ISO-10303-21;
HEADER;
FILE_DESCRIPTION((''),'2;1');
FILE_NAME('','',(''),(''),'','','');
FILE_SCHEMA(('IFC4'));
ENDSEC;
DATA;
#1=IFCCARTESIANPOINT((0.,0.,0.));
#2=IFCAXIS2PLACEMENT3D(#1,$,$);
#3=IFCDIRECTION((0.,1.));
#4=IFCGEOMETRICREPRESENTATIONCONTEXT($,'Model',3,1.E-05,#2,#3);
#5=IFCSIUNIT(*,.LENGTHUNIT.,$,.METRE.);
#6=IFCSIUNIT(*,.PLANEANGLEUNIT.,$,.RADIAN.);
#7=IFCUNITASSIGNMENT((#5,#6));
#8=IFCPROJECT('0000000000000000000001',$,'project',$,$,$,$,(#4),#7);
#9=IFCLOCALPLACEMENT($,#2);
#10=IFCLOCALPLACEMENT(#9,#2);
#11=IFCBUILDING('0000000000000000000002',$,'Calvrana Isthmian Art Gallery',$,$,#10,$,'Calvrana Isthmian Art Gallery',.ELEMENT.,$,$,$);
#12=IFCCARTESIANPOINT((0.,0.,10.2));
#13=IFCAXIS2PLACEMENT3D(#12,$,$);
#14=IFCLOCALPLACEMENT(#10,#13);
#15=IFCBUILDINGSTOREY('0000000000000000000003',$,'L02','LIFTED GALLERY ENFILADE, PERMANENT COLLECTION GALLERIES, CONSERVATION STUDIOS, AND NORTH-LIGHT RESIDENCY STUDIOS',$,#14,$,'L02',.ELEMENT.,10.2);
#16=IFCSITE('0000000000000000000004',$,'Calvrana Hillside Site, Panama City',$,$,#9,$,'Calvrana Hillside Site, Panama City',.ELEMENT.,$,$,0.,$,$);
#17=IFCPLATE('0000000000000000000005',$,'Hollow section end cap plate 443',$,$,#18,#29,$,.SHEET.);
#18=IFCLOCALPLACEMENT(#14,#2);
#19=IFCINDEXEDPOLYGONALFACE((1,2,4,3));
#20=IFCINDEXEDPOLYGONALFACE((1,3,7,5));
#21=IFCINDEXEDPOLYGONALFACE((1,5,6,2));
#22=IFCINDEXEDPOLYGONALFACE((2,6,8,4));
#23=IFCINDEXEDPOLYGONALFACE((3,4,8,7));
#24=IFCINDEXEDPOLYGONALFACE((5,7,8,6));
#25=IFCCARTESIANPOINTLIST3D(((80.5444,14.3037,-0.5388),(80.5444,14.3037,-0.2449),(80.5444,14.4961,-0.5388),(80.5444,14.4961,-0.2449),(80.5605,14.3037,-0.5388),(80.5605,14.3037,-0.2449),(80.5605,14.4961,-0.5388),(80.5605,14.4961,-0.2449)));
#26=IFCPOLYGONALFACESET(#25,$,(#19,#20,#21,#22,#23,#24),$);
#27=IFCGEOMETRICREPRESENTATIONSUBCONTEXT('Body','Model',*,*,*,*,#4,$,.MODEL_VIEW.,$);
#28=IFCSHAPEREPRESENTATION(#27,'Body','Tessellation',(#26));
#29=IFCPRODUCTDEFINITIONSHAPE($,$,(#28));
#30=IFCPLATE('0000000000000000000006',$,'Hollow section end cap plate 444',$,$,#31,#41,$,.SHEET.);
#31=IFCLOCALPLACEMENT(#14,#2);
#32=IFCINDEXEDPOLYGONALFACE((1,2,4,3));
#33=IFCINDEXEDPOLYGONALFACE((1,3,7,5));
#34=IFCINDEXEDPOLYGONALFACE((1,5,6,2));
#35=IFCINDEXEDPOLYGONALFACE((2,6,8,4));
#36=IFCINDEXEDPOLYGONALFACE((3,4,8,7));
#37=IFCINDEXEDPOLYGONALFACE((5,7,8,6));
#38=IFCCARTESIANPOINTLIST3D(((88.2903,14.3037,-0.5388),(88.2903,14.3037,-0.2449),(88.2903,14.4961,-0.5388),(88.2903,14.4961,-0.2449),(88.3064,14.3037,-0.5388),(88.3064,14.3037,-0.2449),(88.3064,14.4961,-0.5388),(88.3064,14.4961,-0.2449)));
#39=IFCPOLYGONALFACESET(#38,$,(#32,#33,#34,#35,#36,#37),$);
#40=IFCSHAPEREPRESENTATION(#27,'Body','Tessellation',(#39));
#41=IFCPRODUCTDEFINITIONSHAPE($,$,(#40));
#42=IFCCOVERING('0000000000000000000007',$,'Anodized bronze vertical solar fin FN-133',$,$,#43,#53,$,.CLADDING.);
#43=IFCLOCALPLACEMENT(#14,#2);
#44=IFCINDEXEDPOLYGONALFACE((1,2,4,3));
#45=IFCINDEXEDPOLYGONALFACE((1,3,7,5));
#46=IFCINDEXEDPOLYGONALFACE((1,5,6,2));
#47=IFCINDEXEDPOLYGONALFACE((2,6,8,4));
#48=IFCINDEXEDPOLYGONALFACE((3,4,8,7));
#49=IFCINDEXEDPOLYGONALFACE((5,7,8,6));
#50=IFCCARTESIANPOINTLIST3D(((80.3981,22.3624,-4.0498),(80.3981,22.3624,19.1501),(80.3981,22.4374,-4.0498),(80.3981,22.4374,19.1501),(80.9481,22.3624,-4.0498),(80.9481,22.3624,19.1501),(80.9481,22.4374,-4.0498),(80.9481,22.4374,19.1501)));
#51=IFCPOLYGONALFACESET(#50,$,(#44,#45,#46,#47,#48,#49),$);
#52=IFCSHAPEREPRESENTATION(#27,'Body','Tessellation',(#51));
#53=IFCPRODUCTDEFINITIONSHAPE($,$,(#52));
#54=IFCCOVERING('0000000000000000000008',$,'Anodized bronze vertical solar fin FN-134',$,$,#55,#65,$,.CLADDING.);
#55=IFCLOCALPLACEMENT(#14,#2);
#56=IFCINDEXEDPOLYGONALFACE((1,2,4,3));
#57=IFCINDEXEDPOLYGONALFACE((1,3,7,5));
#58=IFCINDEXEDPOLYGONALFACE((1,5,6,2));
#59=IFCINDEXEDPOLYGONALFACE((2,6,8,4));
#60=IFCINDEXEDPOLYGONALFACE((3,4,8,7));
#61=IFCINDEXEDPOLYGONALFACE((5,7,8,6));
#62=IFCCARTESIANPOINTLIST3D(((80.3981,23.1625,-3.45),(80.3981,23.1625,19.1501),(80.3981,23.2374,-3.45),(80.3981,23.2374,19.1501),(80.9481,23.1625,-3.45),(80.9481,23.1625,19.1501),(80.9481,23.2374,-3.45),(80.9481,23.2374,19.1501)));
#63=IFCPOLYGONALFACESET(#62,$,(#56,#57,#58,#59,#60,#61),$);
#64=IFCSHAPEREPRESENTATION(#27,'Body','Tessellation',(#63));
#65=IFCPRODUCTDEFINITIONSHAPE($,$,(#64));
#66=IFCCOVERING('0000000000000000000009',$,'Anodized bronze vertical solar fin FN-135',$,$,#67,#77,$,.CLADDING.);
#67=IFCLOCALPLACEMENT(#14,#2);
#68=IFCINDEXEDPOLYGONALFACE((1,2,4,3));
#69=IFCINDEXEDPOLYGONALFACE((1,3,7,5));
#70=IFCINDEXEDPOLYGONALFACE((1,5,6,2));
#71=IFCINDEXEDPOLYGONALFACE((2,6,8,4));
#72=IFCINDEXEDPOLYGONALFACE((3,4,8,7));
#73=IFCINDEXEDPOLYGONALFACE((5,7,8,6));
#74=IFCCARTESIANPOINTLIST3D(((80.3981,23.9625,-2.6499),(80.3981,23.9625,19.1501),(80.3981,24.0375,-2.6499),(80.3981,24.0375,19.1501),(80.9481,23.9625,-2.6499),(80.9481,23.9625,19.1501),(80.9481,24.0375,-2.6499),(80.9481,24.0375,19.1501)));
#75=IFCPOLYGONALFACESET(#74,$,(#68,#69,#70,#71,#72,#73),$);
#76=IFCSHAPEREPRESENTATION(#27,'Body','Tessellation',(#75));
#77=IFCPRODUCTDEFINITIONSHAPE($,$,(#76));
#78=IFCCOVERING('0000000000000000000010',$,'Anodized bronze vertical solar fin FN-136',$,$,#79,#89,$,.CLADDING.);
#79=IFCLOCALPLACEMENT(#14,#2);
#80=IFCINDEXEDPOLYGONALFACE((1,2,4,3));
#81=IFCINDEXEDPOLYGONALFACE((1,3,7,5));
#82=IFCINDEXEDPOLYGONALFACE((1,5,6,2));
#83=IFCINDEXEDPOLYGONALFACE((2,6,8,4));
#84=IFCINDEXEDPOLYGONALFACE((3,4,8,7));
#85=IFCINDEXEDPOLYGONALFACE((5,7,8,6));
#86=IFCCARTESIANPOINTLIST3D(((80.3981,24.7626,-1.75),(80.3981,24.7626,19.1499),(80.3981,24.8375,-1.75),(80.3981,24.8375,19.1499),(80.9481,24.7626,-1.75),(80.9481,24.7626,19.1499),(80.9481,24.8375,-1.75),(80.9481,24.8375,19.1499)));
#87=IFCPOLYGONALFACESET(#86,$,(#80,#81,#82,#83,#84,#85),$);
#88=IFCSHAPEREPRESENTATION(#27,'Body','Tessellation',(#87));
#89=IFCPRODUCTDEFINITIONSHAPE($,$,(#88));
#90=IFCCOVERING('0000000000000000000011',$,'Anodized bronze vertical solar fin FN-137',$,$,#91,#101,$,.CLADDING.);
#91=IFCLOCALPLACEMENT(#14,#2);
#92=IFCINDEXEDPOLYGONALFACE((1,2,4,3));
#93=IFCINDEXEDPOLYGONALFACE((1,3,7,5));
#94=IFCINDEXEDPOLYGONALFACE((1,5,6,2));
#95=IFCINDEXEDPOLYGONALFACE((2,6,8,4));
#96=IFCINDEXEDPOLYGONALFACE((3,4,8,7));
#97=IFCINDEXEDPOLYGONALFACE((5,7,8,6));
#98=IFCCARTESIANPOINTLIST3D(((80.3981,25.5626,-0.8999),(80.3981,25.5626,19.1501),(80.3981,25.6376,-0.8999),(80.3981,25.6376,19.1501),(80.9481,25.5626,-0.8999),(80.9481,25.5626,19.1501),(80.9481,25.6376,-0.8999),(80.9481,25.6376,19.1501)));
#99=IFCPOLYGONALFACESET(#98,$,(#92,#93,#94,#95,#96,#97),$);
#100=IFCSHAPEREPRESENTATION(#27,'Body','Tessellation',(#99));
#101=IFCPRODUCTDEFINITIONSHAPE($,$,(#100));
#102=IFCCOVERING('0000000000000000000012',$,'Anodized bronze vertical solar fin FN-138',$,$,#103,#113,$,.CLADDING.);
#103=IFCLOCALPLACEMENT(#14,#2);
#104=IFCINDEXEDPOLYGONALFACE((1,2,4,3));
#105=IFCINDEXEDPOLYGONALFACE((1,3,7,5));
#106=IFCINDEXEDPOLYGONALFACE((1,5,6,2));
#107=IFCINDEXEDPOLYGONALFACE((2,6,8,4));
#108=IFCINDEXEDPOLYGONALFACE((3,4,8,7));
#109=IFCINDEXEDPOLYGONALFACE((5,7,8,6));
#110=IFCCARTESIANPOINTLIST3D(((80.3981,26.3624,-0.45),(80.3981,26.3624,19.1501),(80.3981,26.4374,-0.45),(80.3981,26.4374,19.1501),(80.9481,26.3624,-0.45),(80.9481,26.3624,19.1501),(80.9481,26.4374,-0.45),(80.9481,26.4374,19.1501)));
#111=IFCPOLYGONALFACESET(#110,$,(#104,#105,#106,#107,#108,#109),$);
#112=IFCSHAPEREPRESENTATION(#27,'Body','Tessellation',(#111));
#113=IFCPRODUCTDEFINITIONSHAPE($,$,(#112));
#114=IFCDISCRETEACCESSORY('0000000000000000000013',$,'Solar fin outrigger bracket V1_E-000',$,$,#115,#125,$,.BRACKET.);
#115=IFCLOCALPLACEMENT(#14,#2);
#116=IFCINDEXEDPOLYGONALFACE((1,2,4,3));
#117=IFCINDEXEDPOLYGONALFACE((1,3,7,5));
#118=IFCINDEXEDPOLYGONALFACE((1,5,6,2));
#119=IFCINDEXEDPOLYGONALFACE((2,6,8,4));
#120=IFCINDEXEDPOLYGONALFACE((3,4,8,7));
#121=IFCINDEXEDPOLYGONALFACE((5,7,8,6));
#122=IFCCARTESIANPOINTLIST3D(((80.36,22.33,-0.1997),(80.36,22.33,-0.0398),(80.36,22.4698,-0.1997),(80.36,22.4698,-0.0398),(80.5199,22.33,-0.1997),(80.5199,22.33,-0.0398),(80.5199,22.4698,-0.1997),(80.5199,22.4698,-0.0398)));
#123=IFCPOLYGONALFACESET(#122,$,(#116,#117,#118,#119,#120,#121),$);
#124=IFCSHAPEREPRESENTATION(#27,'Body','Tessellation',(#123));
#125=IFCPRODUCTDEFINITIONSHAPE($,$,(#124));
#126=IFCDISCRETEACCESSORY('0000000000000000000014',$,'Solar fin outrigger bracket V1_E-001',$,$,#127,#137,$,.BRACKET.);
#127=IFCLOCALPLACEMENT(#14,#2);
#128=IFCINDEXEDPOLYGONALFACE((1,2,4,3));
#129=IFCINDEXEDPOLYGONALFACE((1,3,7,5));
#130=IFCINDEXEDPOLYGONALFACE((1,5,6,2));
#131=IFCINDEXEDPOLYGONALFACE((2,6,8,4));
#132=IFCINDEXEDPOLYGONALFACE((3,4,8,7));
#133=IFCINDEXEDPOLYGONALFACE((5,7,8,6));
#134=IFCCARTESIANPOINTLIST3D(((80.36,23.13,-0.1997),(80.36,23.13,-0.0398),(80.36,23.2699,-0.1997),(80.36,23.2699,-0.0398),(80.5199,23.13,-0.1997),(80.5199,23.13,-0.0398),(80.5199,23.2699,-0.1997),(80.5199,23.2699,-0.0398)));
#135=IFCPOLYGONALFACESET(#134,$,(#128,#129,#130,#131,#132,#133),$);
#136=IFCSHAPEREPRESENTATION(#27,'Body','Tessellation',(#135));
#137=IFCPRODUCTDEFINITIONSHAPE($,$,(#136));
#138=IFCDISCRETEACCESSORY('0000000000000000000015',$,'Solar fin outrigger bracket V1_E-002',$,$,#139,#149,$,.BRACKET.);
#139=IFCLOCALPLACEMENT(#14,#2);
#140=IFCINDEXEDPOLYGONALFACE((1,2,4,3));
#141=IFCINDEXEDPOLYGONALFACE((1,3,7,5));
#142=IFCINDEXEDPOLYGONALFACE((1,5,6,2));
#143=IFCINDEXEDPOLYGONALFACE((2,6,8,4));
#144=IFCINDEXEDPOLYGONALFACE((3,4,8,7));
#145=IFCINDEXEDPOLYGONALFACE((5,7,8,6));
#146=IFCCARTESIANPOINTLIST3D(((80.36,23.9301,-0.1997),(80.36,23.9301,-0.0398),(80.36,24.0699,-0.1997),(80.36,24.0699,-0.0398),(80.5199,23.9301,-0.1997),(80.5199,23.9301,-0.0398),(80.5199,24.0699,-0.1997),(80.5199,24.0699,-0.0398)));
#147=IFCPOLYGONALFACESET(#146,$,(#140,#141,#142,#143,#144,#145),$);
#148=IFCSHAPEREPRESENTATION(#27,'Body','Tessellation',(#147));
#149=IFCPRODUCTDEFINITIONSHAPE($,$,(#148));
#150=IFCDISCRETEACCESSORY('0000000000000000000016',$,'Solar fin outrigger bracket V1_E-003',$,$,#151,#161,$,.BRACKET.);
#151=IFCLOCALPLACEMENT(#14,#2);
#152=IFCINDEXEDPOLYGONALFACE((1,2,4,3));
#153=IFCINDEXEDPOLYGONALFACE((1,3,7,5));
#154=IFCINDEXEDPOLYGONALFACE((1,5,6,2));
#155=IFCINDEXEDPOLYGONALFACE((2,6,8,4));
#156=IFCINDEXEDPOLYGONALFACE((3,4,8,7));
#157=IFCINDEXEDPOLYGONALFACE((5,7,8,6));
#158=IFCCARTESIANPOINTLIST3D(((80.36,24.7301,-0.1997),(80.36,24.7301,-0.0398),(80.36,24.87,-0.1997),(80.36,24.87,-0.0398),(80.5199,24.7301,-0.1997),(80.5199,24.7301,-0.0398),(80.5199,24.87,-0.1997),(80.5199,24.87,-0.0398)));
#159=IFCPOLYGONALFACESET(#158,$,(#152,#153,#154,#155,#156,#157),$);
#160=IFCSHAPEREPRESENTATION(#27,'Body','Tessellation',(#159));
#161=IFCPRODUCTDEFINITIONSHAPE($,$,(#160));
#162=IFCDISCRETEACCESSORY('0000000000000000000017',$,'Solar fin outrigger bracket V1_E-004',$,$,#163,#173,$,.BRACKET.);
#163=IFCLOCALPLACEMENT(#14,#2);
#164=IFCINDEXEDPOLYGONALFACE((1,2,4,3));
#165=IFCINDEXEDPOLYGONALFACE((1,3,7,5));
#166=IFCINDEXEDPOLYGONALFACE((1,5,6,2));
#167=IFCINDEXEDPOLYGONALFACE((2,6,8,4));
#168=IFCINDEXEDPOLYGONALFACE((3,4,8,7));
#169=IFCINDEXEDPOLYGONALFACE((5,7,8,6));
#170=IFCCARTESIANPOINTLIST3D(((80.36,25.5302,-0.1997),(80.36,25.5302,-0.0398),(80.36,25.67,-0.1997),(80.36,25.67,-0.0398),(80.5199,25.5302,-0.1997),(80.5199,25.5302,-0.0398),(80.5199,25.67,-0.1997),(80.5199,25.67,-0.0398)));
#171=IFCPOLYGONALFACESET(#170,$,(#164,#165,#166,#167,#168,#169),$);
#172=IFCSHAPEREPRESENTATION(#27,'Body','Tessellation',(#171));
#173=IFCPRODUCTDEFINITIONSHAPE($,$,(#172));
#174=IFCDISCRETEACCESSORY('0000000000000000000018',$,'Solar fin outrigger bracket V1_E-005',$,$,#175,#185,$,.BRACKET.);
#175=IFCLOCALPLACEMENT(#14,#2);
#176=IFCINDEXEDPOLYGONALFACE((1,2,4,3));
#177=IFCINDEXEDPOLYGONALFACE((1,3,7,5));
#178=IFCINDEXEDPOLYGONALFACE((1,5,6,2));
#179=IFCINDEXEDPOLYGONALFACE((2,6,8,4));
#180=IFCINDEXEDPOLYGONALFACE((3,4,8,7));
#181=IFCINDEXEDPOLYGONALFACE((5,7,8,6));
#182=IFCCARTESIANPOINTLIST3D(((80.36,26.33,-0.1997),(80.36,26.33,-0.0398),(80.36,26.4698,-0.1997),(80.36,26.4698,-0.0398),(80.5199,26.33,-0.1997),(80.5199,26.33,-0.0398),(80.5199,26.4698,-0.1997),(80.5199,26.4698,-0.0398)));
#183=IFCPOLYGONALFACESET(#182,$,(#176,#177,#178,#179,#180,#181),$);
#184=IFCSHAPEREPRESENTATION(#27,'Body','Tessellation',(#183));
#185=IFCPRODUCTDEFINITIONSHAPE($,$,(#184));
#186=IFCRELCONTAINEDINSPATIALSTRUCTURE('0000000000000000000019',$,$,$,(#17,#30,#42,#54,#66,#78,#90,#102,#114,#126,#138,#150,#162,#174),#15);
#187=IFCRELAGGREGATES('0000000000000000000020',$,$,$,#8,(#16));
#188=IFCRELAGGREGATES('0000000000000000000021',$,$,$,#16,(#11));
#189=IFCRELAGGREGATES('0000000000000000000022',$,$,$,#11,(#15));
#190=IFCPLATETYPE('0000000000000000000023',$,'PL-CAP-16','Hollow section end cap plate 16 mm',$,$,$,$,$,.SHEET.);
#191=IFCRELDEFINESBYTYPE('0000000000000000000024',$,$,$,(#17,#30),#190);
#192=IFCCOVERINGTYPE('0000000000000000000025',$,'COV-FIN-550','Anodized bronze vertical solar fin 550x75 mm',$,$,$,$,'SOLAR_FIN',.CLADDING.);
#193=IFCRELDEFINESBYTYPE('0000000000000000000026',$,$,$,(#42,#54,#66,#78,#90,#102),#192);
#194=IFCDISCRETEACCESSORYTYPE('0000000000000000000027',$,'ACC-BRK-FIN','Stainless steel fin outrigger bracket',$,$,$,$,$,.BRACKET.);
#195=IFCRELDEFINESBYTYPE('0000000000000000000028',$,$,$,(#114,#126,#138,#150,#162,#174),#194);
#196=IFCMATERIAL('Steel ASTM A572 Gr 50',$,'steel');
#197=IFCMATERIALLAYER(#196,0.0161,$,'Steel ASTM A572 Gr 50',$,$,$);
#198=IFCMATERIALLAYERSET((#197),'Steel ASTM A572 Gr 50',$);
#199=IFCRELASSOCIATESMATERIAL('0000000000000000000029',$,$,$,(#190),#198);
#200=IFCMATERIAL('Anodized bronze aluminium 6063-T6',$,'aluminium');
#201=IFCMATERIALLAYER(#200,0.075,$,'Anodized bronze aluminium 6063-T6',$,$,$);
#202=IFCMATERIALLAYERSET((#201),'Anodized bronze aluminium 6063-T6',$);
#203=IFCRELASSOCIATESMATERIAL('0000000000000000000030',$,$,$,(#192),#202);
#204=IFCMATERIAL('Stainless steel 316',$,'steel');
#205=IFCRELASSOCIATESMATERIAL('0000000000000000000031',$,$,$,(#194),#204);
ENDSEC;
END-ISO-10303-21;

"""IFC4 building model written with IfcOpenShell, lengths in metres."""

from ifc_helpers import new_model, si_unit, direction, frame, origin, origin_2d, place, context, subcontext, project, spatial, rectangle, extrude, material, layer, layer_set, type_object, element, save


model = new_model("IFC4")

# Units and contexts
model_context = context("Model", 3, precision=1e-05, world=origin(), true_north=direction((0.0, 1.0)))
body_context = subcontext(model_context, "Body", "Model", "MODEL_VIEW")
ifc_project = project(units=[si_unit("LENGTHUNIT", "METRE"), si_unit("PLANEANGLEUNIT", "RADIAN")], contexts=[model_context])

# Site, building, storey
site_placement = place(None, origin())
site = spatial("IfcSite", under=ifc_project, at=site_placement, Name="Calvrana Hillside Site, Panama City", LongName="Calvrana Hillside Site, Panama City", CompositionType="ELEMENT", RefElevation=0.0)
building_placement = place(site_placement, origin())
building = spatial("IfcBuilding", under=site, at=building_placement, Name="Calvrana Isthmian Art Gallery", LongName="Calvrana Isthmian Art Gallery", CompositionType="ELEMENT")
storey_placement = place(building_placement, frame((0.0, 0.0, 10.2)))
storey = spatial("IfcBuildingStorey", under=building, at=storey_placement, Name="L02", Description="LIFTED GALLERY ENFILADE, PERMANENT COLLECTION GALLERIES, CONSERVATION STUDIOS, AND NORTH-LIGHT RESIDENCY STUDIOS", LongName="L02", CompositionType="ELEMENT", Elevation=10.2)

# Plates
ifc_material_1 = material(Name="Steel ASTM A572 Gr 50", Category="steel")
ifc_layer_1 = layer(ifc_material_1, 0.0161, Name="Steel ASTM A572 Gr 50")
ifc_layer_set_1 = layer_set([ifc_layer_1], Name="Steel ASTM A572 Gr 50")
plate_type = type_object("IfcPlateType", Name="PL-CAP-16", Description="Hollow section end cap plate 16 mm", PredefinedType="SHEET", material=ifc_layer_set_1)
for number, where, z_axis, x_axis, name in (
    (1, (80.5525, 14.3999, -0.5388), (0.0, 0.0, 1.0), (1.0, 0.0, 0.0), "Hollow section end cap plate 443"),
    (2, (88.2983, 14.3999, -0.5388), (0.0, 0.0, 1.0), (1.0, 0.0, 0.0), "Hollow section end cap plate 444"),
):
    element("IfcPlate", number, at=place(storey_placement, frame(where, z_axis=z_axis, x_axis=x_axis)), inside=storey, type_object=plate_type, Name=name, PredefinedType="SHEET", context=body_context, shape_type="SweptSolid", body=[
        extrude(rectangle(XDim=0.0161, YDim=0.1924, at=origin_2d()), origin(), (0.0, 0.0, 1.0), 0.2939),
    ])

# Coverings
ifc_material_2 = material(Name="Anodized bronze aluminium 6063-T6", Category="aluminium")
ifc_layer_2 = layer(ifc_material_2, 0.075, Name="Anodized bronze aluminium 6063-T6")
ifc_layer_set_2 = layer_set([ifc_layer_2], Name="Anodized bronze aluminium 6063-T6")
covering_type = type_object("IfcCoveringType", Name="COV-FIN-550", Description="Anodized bronze vertical solar fin 550x75 mm", ElementType="SOLAR_FIN", PredefinedType="CLADDING", material=ifc_layer_set_2)
covering_1_placement = place(storey_placement, frame((80.6731, 22.3999, -4.0498), z_axis=(0.0, 0.0, 1.0), x_axis=(1.0, 0.0, 0.0)))
element("IfcCovering", 3, at=covering_1_placement, inside=storey, type_object=covering_type, Name="Anodized bronze vertical solar fin FN-133", PredefinedType="CLADDING", context=body_context, shape_type="SweptSolid", body=[
    extrude(rectangle(XDim=0.55, YDim=0.075, at=origin_2d()), origin(), (0.0, 0.0, 1.0), 23.2),
])
covering_2_placement = place(storey_placement, frame((80.6731, 23.2, -3.45), z_axis=(0.0, 0.0, 1.0), x_axis=(1.0, 0.0, 0.0)))
element("IfcCovering", 4, at=covering_2_placement, inside=storey, type_object=covering_type, Name="Anodized bronze vertical solar fin FN-134", PredefinedType="CLADDING", context=body_context, shape_type="SweptSolid", body=[
    extrude(rectangle(XDim=0.55, YDim=0.075, at=origin_2d()), origin(), (0.0, 0.0, 1.0), 22.6001),
])
covering_3_placement = place(storey_placement, frame((80.6731, 24.0, -2.6499), z_axis=(0.0, 0.0, 1.0), x_axis=(1.0, 0.0, 0.0)))
element("IfcCovering", 5, at=covering_3_placement, inside=storey, type_object=covering_type, Name="Anodized bronze vertical solar fin FN-135", PredefinedType="CLADDING", context=body_context, shape_type="SweptSolid", body=[
    extrude(rectangle(XDim=0.55, YDim=0.075, at=origin_2d()), origin(), (0.0, 0.0, 1.0), 21.8),
])
covering_4_placement = place(storey_placement, frame((80.6731, 24.8, -1.75), z_axis=(0.0, 0.0, 1.0), x_axis=(1.0, 0.0, 0.0)))
element("IfcCovering", 6, at=covering_4_placement, inside=storey, type_object=covering_type, Name="Anodized bronze vertical solar fin FN-136", PredefinedType="CLADDING", context=body_context, shape_type="SweptSolid", body=[
    extrude(rectangle(XDim=0.55, YDim=0.075, at=origin_2d()), origin(), (0.0, 0.0, 1.0), 20.8999),
])
covering_5_placement = place(storey_placement, frame((80.6731, 25.6001, -0.8999), z_axis=(0.0, 0.0, 1.0), x_axis=(1.0, 0.0, 0.0)))
element("IfcCovering", 7, at=covering_5_placement, inside=storey, type_object=covering_type, Name="Anodized bronze vertical solar fin FN-137", PredefinedType="CLADDING", context=body_context, shape_type="SweptSolid", body=[
    extrude(rectangle(XDim=0.55, YDim=0.075, at=origin_2d()), origin(), (0.0, 0.0, 1.0), 20.05),
])
covering_6_placement = place(storey_placement, frame((80.6731, 26.3999, -0.45), z_axis=(0.0, 0.0, 1.0), x_axis=(1.0, 0.0, 0.0)))
element("IfcCovering", 8, at=covering_6_placement, inside=storey, type_object=covering_type, Name="Anodized bronze vertical solar fin FN-138", PredefinedType="CLADDING", context=body_context, shape_type="SweptSolid", body=[
    extrude(rectangle(XDim=0.55, YDim=0.075, at=origin_2d()), origin(), (0.0, 0.0, 1.0), 19.6001),
])

# Discrete accessories
ifc_material_3 = material(Name="Stainless steel 316", Category="steel")
discrete_accessory_type = type_object("IfcDiscreteAccessoryType", Name="ACC-BRK-FIN", Description="Stainless steel fin outrigger bracket", PredefinedType="BRACKET", material=ifc_material_3)
for number, where, z_axis, x_axis, name in (
    (9, (80.4399, 22.3999, -0.1997), (0.0, 0.0, 1.0), (1.0, 0.0, 0.0), "Solar fin outrigger bracket V1_E-000"),
    (10, (80.4399, 23.2, -0.1997), (0.0, 0.0, 1.0), (1.0, 0.0, 0.0), "Solar fin outrigger bracket V1_E-001"),
    (11, (80.4399, 24.0, -0.1997), (0.0, 0.0, 1.0), (1.0, 0.0, 0.0), "Solar fin outrigger bracket V1_E-002"),
    (12, (80.4399, 24.8, -0.1997), (0.0, 0.0, 1.0), (1.0, 0.0, 0.0), "Solar fin outrigger bracket V1_E-003"),
    (13, (80.4399, 25.6001, -0.1997), (0.0, 0.0, 1.0), (1.0, 0.0, 0.0), "Solar fin outrigger bracket V1_E-004"),
    (14, (80.4399, 26.3999, -0.1997), (0.0, 0.0, 1.0), (1.0, 0.0, 0.0), "Solar fin outrigger bracket V1_E-005"),
):
    element("IfcDiscreteAccessory", number, at=place(storey_placement, frame(where, z_axis=z_axis, x_axis=x_axis)), inside=storey, type_object=discrete_accessory_type, Name=name, PredefinedType="BRACKET", context=body_context, shape_type="SweptSolid", body=[
        extrude(rectangle(XDim=0.1599, YDim=0.1399, at=origin_2d()), origin(), (0.0, 0.0, 1.0), 0.1599),
    ])

save(model, "model.ifc")
